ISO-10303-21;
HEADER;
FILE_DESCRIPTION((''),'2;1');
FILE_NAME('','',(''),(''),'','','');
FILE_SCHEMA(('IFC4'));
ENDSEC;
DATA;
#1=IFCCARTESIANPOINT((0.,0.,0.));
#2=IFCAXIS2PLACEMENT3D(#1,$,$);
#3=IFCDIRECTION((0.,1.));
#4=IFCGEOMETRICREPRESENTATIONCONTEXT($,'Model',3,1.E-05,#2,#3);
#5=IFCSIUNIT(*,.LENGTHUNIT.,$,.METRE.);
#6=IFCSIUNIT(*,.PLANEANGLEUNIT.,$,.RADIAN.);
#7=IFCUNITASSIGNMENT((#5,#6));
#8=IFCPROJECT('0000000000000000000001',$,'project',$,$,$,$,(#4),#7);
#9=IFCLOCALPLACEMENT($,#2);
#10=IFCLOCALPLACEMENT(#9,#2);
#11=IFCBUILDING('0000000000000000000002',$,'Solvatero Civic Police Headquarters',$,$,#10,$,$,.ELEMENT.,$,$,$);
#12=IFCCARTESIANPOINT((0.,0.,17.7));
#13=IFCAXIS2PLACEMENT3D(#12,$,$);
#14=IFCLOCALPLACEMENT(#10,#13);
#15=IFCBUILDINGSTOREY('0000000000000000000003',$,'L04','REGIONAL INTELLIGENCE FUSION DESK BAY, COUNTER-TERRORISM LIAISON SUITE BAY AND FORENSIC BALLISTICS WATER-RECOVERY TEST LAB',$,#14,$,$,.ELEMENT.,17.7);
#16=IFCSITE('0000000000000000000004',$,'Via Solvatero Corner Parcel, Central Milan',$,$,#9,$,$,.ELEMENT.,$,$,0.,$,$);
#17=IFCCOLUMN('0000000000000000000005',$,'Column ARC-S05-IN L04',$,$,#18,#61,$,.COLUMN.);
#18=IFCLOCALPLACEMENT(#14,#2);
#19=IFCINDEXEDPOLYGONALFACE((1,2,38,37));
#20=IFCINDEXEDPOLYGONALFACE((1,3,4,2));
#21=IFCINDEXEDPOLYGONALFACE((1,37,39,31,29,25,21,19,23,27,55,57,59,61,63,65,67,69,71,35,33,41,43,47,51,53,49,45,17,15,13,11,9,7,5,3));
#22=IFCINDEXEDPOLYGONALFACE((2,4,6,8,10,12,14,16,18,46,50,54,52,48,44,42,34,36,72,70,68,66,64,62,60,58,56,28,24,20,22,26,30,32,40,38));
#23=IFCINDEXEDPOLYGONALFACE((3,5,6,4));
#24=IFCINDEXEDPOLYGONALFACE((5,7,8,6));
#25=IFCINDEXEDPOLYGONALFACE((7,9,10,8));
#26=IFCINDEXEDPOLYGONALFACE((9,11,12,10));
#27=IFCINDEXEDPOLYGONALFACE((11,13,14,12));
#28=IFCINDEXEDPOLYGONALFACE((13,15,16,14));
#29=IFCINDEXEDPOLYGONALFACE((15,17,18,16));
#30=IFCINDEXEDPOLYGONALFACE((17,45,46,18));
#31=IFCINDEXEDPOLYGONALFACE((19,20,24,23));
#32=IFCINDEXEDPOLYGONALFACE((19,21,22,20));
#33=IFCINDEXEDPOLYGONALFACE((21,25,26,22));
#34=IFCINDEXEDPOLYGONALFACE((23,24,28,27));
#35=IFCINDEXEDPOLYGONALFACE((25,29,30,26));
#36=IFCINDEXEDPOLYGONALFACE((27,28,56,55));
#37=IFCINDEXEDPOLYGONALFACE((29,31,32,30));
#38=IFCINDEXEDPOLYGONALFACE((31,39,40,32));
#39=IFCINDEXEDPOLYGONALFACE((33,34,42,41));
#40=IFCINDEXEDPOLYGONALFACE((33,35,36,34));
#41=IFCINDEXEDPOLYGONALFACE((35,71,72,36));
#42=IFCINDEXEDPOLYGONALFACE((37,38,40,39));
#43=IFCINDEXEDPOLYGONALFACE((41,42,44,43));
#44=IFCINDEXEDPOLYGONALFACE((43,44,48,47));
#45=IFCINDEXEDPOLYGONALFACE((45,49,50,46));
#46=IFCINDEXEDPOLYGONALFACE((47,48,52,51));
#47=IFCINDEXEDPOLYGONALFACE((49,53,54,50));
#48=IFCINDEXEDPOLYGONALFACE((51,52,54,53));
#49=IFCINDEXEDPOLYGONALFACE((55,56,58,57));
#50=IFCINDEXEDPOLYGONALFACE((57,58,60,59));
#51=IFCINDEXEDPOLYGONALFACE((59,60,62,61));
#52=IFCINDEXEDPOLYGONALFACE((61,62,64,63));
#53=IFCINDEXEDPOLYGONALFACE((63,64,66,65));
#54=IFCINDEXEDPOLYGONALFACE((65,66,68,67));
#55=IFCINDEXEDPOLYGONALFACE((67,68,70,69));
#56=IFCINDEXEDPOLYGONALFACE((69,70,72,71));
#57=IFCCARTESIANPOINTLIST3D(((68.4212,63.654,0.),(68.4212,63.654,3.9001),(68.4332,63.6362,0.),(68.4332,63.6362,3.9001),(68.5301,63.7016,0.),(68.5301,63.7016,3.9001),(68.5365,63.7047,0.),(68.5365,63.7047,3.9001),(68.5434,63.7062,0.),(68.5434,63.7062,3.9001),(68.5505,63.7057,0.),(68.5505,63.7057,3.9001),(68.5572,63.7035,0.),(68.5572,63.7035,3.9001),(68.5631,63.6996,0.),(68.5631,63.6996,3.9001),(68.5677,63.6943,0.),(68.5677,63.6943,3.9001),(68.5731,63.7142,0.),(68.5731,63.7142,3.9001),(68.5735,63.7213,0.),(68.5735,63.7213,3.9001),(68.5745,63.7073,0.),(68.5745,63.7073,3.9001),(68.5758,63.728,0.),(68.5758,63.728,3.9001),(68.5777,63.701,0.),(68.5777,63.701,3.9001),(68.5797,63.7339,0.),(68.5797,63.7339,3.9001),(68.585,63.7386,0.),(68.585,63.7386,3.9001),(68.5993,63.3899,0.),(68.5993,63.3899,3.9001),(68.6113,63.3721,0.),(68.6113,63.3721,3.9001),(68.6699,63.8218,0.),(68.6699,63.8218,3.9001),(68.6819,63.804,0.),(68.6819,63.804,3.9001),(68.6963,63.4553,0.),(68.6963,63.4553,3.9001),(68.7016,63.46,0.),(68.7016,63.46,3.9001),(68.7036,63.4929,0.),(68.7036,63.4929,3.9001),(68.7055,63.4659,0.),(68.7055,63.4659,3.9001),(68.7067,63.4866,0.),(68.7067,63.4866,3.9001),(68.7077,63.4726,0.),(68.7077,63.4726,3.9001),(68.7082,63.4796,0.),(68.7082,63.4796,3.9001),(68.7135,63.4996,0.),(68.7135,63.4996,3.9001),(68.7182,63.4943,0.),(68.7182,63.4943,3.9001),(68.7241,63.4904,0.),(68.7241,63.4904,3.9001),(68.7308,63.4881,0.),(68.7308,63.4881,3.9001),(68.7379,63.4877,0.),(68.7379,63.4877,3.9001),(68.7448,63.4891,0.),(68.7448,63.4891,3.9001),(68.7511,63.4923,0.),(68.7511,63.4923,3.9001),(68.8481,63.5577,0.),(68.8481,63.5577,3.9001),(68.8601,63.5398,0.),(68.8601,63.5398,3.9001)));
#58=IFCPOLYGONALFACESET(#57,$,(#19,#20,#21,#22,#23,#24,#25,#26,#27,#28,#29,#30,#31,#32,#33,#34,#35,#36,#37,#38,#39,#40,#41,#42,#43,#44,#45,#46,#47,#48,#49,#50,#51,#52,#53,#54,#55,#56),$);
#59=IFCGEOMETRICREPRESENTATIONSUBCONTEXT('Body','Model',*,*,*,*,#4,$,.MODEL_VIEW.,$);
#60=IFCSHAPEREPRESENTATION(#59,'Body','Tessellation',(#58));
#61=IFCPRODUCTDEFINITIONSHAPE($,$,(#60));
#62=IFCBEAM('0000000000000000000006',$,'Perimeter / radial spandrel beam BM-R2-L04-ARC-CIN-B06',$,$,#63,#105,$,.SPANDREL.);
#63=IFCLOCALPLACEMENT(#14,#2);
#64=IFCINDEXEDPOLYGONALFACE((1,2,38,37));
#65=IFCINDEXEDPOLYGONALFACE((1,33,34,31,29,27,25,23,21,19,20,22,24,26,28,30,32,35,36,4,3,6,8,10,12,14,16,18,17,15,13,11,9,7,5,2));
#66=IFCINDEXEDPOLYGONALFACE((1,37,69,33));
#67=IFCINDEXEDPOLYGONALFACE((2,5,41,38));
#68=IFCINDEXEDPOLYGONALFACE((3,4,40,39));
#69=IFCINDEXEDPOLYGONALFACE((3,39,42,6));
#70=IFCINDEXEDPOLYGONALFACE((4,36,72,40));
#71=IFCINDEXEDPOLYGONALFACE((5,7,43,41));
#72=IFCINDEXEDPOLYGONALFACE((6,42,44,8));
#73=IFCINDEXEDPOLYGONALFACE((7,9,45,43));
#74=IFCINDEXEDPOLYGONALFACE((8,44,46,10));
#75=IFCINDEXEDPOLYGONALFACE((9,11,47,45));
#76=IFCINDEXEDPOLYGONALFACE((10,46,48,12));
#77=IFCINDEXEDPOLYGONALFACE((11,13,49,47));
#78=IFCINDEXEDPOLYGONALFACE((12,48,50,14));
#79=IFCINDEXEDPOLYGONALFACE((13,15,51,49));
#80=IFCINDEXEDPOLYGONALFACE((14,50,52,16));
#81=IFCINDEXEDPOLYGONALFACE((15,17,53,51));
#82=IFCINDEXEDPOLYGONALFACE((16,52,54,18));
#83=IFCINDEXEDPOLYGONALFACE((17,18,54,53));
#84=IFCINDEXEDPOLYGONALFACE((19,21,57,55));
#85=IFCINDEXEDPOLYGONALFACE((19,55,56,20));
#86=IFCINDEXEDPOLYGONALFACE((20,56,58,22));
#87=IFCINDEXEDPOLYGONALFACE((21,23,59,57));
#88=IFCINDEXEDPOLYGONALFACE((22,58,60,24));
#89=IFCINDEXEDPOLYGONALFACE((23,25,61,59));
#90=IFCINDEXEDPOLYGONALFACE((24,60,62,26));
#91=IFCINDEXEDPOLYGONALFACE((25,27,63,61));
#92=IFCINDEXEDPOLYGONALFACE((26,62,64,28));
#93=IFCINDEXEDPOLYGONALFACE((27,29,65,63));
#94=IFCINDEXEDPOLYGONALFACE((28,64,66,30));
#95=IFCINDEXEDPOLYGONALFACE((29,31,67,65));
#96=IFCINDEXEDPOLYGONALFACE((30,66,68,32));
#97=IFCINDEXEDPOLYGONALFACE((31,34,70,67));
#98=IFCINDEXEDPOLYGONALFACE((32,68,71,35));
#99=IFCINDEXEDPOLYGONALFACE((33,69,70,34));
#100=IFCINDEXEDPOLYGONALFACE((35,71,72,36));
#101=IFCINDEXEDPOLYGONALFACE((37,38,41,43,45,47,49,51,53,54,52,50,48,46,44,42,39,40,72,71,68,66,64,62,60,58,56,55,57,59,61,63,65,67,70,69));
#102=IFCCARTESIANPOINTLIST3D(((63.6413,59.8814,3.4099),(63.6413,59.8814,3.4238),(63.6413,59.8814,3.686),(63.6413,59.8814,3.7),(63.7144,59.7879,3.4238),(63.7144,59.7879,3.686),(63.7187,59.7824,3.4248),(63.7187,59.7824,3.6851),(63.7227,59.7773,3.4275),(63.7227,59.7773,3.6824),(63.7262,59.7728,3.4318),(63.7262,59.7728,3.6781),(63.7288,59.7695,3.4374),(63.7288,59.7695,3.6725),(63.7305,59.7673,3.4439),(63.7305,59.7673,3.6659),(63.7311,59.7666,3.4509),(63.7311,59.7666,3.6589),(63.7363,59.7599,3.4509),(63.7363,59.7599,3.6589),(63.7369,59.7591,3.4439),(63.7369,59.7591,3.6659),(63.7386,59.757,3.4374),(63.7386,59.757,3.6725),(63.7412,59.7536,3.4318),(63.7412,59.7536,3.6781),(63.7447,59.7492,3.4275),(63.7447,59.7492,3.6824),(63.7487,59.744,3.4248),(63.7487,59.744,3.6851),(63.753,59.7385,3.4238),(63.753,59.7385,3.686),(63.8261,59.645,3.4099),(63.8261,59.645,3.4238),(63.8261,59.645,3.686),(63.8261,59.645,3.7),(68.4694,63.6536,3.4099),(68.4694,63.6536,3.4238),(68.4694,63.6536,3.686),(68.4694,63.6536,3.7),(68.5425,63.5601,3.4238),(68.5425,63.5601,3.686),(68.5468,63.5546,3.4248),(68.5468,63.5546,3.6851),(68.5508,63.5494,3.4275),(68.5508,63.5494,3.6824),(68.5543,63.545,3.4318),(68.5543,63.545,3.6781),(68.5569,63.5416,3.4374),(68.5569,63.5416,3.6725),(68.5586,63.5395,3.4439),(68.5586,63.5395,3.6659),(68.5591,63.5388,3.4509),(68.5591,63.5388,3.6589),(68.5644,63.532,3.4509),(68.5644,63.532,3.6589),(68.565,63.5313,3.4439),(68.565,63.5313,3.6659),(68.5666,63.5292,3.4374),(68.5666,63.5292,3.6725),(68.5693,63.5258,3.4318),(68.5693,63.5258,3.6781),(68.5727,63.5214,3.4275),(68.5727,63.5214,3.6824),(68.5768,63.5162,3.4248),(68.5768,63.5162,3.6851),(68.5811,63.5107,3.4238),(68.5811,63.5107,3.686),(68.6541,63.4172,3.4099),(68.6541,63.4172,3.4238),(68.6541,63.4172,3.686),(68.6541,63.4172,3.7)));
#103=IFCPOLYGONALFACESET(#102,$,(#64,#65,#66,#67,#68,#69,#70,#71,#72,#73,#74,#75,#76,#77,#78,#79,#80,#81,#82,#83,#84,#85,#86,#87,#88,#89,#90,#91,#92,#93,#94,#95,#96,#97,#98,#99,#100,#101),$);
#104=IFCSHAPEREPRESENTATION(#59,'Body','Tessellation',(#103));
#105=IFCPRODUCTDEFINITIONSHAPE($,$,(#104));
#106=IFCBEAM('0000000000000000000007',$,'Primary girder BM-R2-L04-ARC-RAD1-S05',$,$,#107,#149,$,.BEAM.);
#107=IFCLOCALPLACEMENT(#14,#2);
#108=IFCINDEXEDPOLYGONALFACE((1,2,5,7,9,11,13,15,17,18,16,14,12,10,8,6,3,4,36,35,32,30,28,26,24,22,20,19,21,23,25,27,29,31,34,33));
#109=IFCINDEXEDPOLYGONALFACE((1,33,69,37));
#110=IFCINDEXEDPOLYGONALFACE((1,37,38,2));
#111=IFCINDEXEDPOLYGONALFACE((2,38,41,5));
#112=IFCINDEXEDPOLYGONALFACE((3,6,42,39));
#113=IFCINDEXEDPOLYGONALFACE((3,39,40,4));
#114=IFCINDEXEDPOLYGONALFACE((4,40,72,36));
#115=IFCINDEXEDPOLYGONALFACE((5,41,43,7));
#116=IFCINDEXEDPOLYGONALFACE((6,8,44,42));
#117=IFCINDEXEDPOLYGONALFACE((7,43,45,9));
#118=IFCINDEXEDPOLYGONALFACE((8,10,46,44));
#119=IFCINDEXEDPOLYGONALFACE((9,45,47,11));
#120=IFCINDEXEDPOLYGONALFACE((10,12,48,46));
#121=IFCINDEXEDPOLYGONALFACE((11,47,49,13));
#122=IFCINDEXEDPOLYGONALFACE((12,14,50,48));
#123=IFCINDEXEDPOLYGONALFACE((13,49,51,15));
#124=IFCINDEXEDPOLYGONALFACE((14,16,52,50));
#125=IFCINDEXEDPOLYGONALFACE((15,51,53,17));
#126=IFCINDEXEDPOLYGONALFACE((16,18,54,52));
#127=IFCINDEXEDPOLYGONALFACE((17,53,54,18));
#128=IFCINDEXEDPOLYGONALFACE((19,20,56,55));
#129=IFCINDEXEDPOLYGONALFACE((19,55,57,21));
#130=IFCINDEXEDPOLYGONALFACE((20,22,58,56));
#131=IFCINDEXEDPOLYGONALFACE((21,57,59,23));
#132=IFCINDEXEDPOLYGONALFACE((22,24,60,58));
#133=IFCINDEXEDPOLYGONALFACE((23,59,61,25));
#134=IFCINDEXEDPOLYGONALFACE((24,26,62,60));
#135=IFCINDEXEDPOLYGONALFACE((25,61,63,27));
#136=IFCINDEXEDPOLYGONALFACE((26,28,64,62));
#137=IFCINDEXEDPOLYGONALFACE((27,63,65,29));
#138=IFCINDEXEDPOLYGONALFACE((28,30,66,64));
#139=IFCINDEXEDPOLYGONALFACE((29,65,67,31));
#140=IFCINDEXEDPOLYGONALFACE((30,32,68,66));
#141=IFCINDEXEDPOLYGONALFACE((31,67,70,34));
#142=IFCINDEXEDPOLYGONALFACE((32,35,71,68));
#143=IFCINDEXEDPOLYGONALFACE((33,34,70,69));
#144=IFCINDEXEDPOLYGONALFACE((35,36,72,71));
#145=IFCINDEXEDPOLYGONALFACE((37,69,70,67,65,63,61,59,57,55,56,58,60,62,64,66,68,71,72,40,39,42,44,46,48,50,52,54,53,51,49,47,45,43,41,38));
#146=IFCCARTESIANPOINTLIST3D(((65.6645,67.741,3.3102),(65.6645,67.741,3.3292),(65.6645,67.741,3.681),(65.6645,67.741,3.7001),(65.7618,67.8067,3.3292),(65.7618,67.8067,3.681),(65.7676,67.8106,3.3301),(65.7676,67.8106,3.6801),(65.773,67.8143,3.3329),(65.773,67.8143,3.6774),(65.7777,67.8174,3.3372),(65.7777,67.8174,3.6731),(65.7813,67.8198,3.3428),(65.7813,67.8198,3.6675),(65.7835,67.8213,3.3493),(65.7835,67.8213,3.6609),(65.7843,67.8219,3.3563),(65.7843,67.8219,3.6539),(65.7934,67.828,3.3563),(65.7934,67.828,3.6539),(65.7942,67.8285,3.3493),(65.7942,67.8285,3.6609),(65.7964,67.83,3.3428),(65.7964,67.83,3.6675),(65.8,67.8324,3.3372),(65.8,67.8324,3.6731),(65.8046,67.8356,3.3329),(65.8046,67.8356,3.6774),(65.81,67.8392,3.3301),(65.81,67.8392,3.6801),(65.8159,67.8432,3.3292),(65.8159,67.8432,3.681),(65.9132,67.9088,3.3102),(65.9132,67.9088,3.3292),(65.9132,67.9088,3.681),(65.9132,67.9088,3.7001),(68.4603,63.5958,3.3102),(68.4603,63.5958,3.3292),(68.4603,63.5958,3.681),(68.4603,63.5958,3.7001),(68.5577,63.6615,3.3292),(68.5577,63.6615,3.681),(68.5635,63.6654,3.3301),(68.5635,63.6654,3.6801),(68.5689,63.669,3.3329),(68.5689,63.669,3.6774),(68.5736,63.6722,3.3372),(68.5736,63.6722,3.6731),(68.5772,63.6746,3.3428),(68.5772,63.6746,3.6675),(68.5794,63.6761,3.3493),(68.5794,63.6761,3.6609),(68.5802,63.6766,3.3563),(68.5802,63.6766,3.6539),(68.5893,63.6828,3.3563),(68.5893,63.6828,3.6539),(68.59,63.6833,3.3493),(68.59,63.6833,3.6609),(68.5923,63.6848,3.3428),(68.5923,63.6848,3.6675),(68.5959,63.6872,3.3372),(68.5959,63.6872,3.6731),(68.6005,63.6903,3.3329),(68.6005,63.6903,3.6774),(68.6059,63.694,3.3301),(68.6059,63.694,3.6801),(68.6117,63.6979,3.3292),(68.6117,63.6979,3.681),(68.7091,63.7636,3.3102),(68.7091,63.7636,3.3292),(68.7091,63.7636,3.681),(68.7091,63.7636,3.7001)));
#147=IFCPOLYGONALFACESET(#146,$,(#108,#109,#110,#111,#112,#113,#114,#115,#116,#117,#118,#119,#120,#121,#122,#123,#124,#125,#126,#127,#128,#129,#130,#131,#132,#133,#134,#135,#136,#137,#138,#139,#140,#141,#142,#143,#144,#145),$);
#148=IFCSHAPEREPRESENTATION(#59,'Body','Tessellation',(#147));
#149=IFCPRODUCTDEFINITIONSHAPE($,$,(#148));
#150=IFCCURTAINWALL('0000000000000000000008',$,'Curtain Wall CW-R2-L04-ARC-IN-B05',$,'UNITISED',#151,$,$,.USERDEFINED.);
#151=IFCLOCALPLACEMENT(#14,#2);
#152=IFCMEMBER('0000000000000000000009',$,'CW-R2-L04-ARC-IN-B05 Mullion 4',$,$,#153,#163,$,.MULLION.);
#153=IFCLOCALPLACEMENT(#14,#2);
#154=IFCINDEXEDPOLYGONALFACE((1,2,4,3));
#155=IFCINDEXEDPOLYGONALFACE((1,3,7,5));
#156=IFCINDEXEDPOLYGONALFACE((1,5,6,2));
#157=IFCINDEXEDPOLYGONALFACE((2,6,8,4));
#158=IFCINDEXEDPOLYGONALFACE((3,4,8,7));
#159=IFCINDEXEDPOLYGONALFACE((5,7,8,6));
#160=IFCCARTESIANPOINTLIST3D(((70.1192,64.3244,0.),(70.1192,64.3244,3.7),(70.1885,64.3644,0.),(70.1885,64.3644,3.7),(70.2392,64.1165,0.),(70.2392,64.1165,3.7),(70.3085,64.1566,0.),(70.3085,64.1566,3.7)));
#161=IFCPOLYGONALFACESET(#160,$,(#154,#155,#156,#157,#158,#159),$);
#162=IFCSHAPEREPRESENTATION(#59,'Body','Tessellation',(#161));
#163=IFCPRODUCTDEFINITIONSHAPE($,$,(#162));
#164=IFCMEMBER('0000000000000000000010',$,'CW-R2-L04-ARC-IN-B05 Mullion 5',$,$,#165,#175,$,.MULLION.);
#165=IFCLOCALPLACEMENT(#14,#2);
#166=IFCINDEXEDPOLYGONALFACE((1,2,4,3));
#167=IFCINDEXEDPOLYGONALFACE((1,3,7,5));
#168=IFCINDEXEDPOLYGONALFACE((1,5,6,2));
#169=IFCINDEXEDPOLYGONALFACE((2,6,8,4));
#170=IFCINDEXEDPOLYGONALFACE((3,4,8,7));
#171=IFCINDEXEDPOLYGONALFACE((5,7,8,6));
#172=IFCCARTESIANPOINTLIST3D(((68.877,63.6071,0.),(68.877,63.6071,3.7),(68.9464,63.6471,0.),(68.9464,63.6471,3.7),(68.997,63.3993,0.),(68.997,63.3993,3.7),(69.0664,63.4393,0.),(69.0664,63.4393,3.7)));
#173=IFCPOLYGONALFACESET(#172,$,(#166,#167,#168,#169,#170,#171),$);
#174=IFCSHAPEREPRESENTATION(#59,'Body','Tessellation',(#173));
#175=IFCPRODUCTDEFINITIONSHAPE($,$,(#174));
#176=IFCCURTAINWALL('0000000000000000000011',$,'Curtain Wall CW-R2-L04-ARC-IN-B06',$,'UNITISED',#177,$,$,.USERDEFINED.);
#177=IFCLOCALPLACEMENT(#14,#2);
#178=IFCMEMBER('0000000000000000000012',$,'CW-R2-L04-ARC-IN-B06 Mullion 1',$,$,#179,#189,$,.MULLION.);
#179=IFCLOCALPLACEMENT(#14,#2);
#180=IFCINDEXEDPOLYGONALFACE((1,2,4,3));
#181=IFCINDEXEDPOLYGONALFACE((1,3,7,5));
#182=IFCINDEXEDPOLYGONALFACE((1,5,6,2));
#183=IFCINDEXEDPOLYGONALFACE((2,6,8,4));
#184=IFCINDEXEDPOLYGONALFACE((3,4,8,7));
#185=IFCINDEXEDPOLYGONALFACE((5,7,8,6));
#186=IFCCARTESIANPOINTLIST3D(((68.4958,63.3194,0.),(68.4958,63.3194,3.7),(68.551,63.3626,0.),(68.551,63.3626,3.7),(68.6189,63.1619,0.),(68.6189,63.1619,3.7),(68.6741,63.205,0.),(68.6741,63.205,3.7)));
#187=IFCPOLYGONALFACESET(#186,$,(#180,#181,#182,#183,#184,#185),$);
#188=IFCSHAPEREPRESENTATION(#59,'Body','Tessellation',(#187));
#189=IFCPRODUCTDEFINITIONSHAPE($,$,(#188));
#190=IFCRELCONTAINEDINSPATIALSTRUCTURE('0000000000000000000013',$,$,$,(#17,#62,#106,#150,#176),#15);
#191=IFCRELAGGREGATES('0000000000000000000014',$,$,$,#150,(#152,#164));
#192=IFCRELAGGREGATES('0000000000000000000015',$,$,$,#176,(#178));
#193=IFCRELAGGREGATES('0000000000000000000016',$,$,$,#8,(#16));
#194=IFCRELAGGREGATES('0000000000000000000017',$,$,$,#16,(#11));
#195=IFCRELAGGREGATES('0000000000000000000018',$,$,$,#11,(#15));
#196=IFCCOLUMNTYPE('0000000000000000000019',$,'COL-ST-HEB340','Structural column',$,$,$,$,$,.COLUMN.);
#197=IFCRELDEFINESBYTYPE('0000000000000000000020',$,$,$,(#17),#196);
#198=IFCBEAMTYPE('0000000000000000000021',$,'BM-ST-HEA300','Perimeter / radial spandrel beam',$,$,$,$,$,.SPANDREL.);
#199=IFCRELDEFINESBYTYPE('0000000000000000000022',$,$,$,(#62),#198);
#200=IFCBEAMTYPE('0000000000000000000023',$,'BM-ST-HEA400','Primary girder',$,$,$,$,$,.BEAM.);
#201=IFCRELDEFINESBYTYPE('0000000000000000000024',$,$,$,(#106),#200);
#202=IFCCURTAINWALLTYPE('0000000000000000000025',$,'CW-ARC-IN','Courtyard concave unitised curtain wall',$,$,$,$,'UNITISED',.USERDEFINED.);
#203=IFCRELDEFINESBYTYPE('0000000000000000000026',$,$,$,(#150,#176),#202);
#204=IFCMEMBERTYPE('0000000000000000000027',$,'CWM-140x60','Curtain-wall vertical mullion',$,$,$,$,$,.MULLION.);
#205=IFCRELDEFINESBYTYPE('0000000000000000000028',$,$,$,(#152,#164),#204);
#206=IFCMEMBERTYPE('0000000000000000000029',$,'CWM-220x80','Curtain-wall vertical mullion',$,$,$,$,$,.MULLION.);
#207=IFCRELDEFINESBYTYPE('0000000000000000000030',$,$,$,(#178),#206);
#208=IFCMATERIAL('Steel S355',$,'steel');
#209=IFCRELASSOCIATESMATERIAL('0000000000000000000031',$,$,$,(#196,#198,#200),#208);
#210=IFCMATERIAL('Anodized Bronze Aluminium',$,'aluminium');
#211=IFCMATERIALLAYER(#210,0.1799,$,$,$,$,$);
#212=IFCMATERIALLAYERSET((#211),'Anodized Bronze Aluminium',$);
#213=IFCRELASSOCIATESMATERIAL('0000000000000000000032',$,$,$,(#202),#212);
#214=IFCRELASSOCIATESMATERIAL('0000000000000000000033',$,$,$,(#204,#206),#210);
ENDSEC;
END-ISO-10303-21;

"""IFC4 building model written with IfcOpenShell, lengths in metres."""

from ifc_helpers import new_model, si_unit, direction, frame, origin, origin_2d, place, context, subcontext, project, spatial, rectangle, i_section, extrude, material, layer, layer_set, material_profile, profile_set, type_object, element, aggregate, save


model = new_model("IFC4")

# Units and contexts
model_context = context("Model", 3, precision=1e-05, world=origin(), true_north=direction((0.0, 1.0)))
body_context = subcontext(model_context, "Body", "Model", "MODEL_VIEW")
ifc_project = project(units=[si_unit("LENGTHUNIT", "METRE"), si_unit("PLANEANGLEUNIT", "RADIAN")], contexts=[model_context])

# Site, building, storey
site_placement = place(None, origin())
site = spatial("IfcSite", under=ifc_project, at=site_placement, Name="Via Solvatero Corner Parcel, Central Milan", CompositionType="ELEMENT", RefElevation=0.0)
building_placement = place(site_placement, origin())
building = spatial("IfcBuilding", under=site, at=building_placement, Name="Solvatero Civic Police Headquarters", CompositionType="ELEMENT")
storey_placement = place(building_placement, frame((0.0, 0.0, 17.7)))
storey = spatial("IfcBuildingStorey", under=building, at=storey_placement, Name="L04", Description="REGIONAL INTELLIGENCE FUSION DESK BAY, COUNTER-TERRORISM LIAISON SUITE BAY AND FORENSIC BALLISTICS WATER-RECOVERY TEST LAB", CompositionType="ELEMENT", Elevation=17.7)

# Column
ifc_material_1 = material(Name="Steel S355", Category="steel")
ifc_material_profile_1 = material_profile(ifc_material_1, i_section(OverallWidth=0.3, OverallDepth=0.3401, WebThickness=0.012, FlangeThickness=0.0215, FilletRadius=0.0271, at=origin_2d()), Name="HEB 340")
ifc_profile_set_1 = profile_set([ifc_material_profile_1], Name="Steel S355")
column_type = type_object("IfcColumnType", Name="COL-ST-HEB340", Description="Structural column", PredefinedType="COLUMN", material=ifc_profile_set_1)
column_placement = place(storey_placement, frame((68.6406, 63.5969, 0.0), z_axis=(0.0, 0.0, 1.0), x_axis=(0.829038, 0.559193, 0.0)))
element("IfcColumn", 1, at=column_placement, inside=storey, type_object=column_type, Name="Column ARC-S05-IN L04", PredefinedType="COLUMN", context=body_context, shape_type="SweptSolid", body=[
    extrude(i_section(OverallWidth=0.3, OverallDepth=0.3401, WebThickness=0.012, FlangeThickness=0.0215, FilletRadius=0.0271, at=origin_2d()), origin(), (0.0, 0.0, 1.0), 3.9001),
])

# Beams
ifc_material_profile_2 = material_profile(ifc_material_1, i_section(OverallWidth=0.3, OverallDepth=0.29, WebThickness=0.0085, FlangeThickness=0.0139, FilletRadius=0.0271, at=origin_2d()), Name="HEA 300")
ifc_profile_set_2 = profile_set([ifc_material_profile_2], Name="Steel S355")
beam_type_1 = type_object("IfcBeamType", Name="BM-ST-HEA300", Description="Perimeter / radial spandrel beam", PredefinedType="SPANDREL", material=ifc_profile_set_2)
beam_1_placement = place(storey_placement, frame((68.5618, 63.5354, 3.5549), z_axis=(-0.788005, -0.615669, 0.0), x_axis=(0.615669, -0.788005, 0.0)))
element("IfcBeam", 2, at=beam_1_placement, inside=storey, type_object=beam_type_1, Name="Perimeter / radial spandrel beam BM-R2-L04-ARC-CIN-B06", PredefinedType="SPANDREL", context=body_context, shape_type="SweptSolid", body=[
    extrude(i_section(OverallWidth=0.3, OverallDepth=0.29, WebThickness=0.0085, FlangeThickness=0.0139, FilletRadius=0.0271, at=origin_2d()), origin(), (0.0, 0.0, 1.0), 6.127),
])
ifc_material_profile_3 = material_profile(ifc_material_1, i_section(OverallWidth=0.3, OverallDepth=0.3899, WebThickness=0.011, FlangeThickness=0.019, FilletRadius=0.0271, at=origin_2d()), Name="HEA 400")
ifc_profile_set_3 = profile_set([ifc_material_profile_3], Name="Steel S355")
beam_type_2 = type_object("IfcBeamType", Name="BM-ST-HEA400", Description="Primary girder", PredefinedType="BEAM", material=ifc_profile_set_3)
beam_2_placement = place(storey_placement, frame((68.5847, 63.6797, 3.5051), z_axis=(-0.559177, 0.829048, 0.0), x_axis=(-0.829048, -0.559177, 0.0)))
element("IfcBeam", 3, at=beam_2_placement, inside=storey, type_object=beam_type_2, Name="Primary girder BM-R2-L04-ARC-RAD1-S05", PredefinedType="BEAM", context=body_context, shape_type="SweptSolid", body=[
    extrude(i_section(OverallWidth=0.3, OverallDepth=0.3899, WebThickness=0.011, FlangeThickness=0.019, FilletRadius=0.0271, at=origin_2d()), origin(), (0.0, 0.0, 1.0), 5.0),
])

# Curtain walls, members
ifc_material_2 = material(Name="Anodized Bronze Aluminium", Category="aluminium")
ifc_layer_1 = layer(ifc_material_2, 0.1799)
ifc_layer_set_1 = layer_set([ifc_layer_1], Name="Anodized Bronze Aluminium")
curtain_wall_type = type_object("IfcCurtainWallType", Name="CW-ARC-IN", Description="Courtyard concave unitised curtain wall", ElementType="UNITISED", PredefinedType="USERDEFINED", material=ifc_layer_set_1)
curtain_wall_1_placement = place(storey_placement, origin())
curtain_wall_1 = element("IfcCurtainWall", 4, at=curtain_wall_1_placement, inside=storey, type_object=curtain_wall_type, Name="Curtain Wall CW-R2-L04-ARC-IN-B05", ObjectType="UNITISED", PredefinedType="USERDEFINED")
ifc_material_profile_4 = material_profile(ifc_material_2, rectangle(XDim=0.0801, YDim=0.24, at=origin_2d()), Name="ALU MULLION 80x240")
ifc_profile_set_4 = profile_set([ifc_material_profile_4], Name="Anodized Bronze Aluminium")
member_type_1 = type_object("IfcMemberType", Name="CWM-140x60", Description="Curtain-wall vertical mullion", PredefinedType="MULLION", material=ifc_profile_set_4)
member_1_placement = place(storey_placement, frame((70.2139, 64.2405, 0.0), z_axis=(0.0, 0.0, 1.0), x_axis=(-0.866025, -0.5, 0.0)))
member_1 = element("IfcMember", 5, at=member_1_placement, type_object=member_type_1, Name="CW-R2-L04-ARC-IN-B05 Mullion 4", PredefinedType="MULLION", context=body_context, shape_type="SweptSolid", body=[
    extrude(rectangle(XDim=0.0801, YDim=0.24, at=origin_2d()), origin(), (0.0, 0.0, 1.0), 3.7),
])
member_2_placement = place(storey_placement, frame((68.9717, 63.5232, 0.0), z_axis=(0.0, 0.0, 1.0), x_axis=(-0.866025, -0.5, 0.0)))
member_2 = element("IfcMember", 6, at=member_2_placement, type_object=member_type_1, Name="CW-R2-L04-ARC-IN-B05 Mullion 5", PredefinedType="MULLION", context=body_context, shape_type="SweptSolid", body=[
    extrude(rectangle(XDim=0.0801, YDim=0.24, at=origin_2d()), origin(), (0.0, 0.0, 1.0), 3.7),
])
curtain_wall_2_placement = place(storey_placement, origin())
curtain_wall_2 = element("IfcCurtainWall", 7, at=curtain_wall_2_placement, inside=storey, type_object=curtain_wall_type, Name="Curtain Wall CW-R2-L04-ARC-IN-B06", ObjectType="UNITISED", PredefinedType="USERDEFINED")
ifc_material_profile_5 = material_profile(ifc_material_2, rectangle(XDim=0.0701, YDim=0.2, at=origin_2d()), Name="ALU MULLION 70x200")
ifc_profile_set_5 = profile_set([ifc_material_profile_5], Name="Anodized Bronze Aluminium")
member_type_2 = type_object("IfcMemberType", Name="CWM-220x80", Description="Curtain-wall vertical mullion", PredefinedType="MULLION", material=ifc_profile_set_5)
member_3_placement = place(storey_placement, frame((68.585, 63.2622, 0.0), z_axis=(0.0, 0.0, 1.0), x_axis=(-0.788011, -0.615661, 0.0)))
member_3 = element("IfcMember", 8, at=member_3_placement, type_object=member_type_2, Name="CW-R2-L04-ARC-IN-B06 Mullion 1", PredefinedType="MULLION", context=body_context, shape_type="SweptSolid", body=[
    extrude(rectangle(XDim=0.0701, YDim=0.2, at=origin_2d()), origin(), (0.0, 0.0, 1.0), 3.7),
])

aggregate(curtain_wall_1, [member_1, member_2])
aggregate(curtain_wall_2, [member_3])

save(model, "model.ifc")
